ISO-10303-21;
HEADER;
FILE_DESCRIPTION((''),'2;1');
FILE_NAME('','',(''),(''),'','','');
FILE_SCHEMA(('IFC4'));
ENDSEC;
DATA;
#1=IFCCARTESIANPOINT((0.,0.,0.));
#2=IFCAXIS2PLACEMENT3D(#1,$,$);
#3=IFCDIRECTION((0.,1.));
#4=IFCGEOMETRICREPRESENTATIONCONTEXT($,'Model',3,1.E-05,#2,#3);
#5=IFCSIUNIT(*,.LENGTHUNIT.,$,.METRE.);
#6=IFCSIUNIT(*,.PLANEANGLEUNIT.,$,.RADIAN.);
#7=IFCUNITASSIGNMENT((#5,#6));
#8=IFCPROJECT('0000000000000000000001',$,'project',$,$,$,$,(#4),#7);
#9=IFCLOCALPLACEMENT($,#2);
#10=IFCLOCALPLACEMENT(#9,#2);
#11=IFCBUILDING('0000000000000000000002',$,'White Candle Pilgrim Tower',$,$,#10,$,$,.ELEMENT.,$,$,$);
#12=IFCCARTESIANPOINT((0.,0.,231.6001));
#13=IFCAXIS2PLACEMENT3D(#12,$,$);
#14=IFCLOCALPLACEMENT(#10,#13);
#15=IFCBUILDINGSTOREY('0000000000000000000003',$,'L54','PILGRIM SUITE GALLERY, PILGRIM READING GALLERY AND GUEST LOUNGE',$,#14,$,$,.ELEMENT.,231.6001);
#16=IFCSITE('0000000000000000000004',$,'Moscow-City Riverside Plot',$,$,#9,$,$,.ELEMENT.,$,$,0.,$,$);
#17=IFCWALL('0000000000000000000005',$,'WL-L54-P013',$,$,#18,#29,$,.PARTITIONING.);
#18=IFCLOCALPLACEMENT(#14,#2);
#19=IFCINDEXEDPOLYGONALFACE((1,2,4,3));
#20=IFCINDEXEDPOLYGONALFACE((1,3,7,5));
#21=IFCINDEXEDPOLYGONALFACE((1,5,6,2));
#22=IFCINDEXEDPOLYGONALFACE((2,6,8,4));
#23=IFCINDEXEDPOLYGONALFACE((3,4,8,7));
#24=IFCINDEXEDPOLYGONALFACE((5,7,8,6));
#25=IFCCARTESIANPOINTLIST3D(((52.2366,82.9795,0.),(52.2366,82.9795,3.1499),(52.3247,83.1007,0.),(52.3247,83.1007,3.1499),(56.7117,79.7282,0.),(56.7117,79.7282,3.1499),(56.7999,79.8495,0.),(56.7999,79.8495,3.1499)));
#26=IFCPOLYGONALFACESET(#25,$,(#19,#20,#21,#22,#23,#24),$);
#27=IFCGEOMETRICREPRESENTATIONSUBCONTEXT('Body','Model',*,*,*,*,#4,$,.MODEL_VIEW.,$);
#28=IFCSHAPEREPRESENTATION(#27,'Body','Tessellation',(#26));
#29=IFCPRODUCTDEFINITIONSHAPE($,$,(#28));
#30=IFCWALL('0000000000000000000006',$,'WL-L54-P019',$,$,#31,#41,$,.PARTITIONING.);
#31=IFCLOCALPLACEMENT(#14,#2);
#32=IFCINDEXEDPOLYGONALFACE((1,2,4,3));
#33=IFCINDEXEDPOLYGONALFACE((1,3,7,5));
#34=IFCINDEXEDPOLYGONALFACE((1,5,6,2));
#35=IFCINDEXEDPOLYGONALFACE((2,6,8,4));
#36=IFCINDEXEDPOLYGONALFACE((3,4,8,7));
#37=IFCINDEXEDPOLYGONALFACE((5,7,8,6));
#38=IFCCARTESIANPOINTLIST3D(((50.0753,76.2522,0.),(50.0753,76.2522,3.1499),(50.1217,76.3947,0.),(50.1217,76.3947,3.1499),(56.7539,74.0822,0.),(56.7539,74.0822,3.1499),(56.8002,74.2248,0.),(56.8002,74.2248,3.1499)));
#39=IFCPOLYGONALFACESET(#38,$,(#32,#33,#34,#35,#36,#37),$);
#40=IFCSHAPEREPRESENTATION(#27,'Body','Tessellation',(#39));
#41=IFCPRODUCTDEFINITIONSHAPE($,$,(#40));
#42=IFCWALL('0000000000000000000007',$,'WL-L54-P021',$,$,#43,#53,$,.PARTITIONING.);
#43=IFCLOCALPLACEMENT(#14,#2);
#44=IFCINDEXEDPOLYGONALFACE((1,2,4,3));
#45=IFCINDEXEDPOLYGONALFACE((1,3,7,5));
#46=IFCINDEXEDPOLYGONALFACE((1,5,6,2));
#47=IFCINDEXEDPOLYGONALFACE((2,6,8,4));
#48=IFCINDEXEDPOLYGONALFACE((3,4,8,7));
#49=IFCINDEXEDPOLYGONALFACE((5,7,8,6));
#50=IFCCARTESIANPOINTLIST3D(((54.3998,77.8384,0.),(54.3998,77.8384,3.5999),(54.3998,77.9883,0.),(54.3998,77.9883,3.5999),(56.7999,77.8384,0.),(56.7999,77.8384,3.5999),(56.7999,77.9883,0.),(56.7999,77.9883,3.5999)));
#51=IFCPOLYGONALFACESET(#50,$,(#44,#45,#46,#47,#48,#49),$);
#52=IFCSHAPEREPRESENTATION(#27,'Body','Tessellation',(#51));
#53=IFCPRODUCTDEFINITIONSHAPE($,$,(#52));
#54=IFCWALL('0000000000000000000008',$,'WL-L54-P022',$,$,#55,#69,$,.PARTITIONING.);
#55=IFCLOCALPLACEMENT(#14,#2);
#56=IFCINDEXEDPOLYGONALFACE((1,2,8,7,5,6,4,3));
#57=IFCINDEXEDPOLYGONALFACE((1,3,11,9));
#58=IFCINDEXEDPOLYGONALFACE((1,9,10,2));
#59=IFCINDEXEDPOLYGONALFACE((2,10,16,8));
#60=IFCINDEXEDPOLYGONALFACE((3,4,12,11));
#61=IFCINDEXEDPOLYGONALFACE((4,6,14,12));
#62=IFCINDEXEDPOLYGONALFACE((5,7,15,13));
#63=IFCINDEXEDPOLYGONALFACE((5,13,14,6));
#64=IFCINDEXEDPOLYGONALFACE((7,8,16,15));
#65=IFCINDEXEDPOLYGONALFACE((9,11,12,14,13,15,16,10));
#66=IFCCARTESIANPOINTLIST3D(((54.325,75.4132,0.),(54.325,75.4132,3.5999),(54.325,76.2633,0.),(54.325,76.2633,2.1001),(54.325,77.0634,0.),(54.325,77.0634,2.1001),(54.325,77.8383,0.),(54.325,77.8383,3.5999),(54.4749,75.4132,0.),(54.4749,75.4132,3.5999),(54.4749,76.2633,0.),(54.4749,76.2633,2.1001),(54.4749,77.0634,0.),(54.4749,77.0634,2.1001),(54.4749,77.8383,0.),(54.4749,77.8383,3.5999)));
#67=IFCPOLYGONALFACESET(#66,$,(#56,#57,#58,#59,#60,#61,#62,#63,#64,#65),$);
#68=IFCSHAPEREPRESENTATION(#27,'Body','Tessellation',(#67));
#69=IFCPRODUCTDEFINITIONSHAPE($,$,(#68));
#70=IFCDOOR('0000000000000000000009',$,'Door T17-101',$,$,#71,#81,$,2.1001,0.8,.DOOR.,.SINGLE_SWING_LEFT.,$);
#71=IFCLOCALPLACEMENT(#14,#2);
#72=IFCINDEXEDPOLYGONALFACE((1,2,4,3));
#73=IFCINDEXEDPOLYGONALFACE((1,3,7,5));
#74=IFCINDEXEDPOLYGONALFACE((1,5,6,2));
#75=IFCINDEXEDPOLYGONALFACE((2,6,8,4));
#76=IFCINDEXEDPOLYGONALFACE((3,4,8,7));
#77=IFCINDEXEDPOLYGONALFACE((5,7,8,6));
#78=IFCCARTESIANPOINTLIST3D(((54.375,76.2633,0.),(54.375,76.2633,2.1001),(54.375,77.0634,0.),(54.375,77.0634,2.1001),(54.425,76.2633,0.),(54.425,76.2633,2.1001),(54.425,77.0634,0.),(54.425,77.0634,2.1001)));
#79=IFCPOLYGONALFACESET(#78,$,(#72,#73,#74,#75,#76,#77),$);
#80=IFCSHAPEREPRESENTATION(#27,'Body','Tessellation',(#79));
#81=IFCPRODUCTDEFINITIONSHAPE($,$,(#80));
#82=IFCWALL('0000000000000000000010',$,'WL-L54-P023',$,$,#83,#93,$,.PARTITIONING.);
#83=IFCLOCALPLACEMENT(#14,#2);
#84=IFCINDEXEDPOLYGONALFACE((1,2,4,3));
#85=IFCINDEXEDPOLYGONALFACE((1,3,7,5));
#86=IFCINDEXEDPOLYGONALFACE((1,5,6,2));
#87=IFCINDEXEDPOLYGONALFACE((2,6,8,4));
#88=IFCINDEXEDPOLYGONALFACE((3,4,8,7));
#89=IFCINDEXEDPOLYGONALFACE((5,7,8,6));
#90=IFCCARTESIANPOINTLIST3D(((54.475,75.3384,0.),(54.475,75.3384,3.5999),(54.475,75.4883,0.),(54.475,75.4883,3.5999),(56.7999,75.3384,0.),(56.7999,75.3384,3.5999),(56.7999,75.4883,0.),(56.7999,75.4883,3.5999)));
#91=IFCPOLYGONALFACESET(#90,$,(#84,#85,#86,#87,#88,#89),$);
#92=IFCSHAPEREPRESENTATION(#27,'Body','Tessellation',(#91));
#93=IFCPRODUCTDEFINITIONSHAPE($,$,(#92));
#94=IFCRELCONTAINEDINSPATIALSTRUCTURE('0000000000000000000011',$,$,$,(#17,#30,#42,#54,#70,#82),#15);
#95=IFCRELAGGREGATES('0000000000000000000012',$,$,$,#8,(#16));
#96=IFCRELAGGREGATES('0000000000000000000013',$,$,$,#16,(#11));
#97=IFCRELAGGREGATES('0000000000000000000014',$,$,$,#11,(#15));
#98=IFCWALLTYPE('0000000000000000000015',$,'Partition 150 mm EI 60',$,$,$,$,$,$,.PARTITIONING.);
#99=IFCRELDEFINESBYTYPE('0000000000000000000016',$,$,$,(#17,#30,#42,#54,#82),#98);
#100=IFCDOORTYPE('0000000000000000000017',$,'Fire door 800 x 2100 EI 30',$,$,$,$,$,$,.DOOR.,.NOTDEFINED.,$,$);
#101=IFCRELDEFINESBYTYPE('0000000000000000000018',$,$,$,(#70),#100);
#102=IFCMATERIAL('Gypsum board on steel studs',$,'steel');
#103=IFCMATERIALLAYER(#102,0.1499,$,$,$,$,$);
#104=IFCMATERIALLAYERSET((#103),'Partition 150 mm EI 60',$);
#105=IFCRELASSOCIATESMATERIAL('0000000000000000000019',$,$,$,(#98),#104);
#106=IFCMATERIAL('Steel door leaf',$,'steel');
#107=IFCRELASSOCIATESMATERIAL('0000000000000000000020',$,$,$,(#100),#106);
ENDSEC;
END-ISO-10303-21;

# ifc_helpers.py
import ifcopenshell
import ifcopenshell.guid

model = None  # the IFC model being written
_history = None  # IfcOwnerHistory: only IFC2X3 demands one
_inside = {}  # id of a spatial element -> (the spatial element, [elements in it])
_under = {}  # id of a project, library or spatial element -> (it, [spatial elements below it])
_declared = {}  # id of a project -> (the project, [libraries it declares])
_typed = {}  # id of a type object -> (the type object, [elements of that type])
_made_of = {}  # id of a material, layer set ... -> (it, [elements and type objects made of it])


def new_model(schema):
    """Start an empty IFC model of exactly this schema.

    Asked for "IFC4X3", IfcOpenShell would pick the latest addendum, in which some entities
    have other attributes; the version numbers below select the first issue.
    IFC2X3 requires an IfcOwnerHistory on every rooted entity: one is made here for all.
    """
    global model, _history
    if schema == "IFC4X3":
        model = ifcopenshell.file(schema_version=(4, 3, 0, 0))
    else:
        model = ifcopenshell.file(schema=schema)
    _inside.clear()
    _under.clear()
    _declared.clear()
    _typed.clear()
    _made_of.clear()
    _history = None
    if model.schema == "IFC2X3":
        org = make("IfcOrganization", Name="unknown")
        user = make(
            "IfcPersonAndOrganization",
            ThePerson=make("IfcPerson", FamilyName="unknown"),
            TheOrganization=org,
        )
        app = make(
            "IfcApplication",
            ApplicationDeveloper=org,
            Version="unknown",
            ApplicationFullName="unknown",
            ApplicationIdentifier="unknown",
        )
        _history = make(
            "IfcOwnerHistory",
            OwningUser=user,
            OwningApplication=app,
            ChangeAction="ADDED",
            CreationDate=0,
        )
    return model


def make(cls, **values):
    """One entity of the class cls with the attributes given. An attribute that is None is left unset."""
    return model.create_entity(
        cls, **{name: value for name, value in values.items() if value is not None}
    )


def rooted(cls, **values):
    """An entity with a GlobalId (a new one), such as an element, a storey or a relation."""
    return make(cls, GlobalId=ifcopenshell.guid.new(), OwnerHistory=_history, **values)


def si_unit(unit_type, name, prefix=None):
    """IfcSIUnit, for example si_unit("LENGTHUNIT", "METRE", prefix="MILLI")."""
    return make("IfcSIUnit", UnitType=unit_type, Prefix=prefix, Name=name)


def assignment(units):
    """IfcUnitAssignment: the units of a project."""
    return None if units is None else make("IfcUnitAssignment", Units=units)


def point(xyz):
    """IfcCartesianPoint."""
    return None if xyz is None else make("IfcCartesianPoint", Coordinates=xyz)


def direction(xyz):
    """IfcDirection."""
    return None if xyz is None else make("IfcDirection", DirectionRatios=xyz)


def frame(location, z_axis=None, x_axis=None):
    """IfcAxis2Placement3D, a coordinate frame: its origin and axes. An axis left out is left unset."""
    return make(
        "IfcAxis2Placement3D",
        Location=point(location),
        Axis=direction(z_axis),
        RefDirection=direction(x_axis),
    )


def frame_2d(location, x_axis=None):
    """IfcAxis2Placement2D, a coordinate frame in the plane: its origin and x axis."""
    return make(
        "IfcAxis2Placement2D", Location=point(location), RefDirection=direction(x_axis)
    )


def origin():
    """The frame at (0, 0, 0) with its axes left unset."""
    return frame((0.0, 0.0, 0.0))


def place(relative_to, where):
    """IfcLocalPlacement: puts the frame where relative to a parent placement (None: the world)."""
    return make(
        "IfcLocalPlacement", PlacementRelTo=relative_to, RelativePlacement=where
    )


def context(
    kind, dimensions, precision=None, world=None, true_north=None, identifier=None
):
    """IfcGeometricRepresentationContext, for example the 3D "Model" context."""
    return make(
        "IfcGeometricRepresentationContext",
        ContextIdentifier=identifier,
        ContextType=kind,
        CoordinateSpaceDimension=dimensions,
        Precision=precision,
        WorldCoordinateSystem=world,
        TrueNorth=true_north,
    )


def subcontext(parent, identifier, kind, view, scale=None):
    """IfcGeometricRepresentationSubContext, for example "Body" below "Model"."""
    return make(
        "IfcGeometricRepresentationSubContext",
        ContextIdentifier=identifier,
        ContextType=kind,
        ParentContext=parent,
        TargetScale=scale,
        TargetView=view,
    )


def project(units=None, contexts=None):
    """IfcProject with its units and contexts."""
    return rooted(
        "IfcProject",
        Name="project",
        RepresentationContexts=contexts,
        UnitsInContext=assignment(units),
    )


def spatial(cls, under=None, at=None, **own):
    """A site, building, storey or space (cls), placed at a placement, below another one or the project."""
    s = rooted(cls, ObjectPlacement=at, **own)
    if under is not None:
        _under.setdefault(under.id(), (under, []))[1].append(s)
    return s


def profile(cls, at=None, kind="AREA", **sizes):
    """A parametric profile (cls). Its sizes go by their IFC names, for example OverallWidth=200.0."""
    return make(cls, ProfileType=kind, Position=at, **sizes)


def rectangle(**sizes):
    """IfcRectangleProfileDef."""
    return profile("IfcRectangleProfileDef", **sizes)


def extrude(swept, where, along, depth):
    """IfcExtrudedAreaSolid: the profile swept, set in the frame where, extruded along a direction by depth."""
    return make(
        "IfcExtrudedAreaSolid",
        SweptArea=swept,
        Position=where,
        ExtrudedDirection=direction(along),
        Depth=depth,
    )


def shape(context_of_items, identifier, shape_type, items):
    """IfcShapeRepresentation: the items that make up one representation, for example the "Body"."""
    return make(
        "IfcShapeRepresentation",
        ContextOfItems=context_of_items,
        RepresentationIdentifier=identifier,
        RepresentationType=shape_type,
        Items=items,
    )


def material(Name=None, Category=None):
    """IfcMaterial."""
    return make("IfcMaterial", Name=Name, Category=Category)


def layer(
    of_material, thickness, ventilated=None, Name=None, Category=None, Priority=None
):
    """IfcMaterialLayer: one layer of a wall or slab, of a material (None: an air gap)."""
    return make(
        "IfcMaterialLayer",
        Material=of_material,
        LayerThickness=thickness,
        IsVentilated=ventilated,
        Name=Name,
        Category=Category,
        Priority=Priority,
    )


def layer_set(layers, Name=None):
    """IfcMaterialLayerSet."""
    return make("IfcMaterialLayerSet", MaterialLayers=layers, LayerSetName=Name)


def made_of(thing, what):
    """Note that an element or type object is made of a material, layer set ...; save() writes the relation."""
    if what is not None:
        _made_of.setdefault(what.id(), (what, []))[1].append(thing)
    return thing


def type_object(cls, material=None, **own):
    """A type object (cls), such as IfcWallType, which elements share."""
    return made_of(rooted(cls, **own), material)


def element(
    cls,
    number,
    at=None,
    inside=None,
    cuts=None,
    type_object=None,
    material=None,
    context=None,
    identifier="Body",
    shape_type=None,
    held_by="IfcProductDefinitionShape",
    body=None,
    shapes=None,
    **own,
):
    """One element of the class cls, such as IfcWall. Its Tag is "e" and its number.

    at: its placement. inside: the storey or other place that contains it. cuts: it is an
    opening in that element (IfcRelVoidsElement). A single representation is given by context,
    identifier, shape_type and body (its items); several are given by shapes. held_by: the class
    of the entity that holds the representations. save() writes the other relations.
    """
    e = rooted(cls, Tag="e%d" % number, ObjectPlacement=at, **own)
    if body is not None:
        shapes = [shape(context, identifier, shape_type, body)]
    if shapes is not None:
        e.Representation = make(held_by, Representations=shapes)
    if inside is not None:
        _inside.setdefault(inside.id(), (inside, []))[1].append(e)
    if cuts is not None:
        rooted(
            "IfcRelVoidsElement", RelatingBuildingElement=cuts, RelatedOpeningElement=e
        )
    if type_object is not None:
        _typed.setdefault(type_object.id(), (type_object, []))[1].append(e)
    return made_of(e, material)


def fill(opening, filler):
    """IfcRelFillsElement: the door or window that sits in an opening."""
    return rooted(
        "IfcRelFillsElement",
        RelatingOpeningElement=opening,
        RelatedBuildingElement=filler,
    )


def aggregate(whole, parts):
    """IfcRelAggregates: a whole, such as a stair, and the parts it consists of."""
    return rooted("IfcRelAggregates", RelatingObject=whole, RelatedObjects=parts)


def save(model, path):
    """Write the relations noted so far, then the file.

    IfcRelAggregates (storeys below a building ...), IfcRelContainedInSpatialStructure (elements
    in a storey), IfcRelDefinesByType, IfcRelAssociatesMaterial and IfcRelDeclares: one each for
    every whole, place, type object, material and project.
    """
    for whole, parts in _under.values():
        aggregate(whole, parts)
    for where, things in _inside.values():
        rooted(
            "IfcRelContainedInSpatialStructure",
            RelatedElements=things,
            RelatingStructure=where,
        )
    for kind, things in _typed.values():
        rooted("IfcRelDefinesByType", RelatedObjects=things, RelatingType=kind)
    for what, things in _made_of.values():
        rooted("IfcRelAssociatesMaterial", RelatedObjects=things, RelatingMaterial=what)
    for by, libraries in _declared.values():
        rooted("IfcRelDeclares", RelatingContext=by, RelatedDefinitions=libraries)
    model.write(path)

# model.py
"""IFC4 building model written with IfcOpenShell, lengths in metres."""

from ifc_helpers import new_model, si_unit, direction, frame, frame_2d, origin, place, context, subcontext, project, spatial, rectangle, extrude, material, layer, layer_set, type_object, element, fill, save


model = new_model("IFC4")

# Units and contexts
model_context = context("Model", 3, precision=1e-05, world=origin(), true_north=direction((0.0, 1.0)))
body_context = subcontext(model_context, "Body", "Model", "MODEL_VIEW")
ifc_project = project(units=[si_unit("LENGTHUNIT", "METRE"), si_unit("PLANEANGLEUNIT", "RADIAN")], contexts=[model_context])

# Site, building, storey
site_placement = place(None, origin())
site = spatial("IfcSite", under=ifc_project, at=site_placement, Name="Moscow-City Riverside Plot", CompositionType="ELEMENT", RefElevation=0.0)
building_placement = place(site_placement, origin())
building = spatial("IfcBuilding", under=site, at=building_placement, Name="White Candle Pilgrim Tower", CompositionType="ELEMENT")
storey_placement = place(building_placement, frame((0.0, 0.0, 231.6001)))
storey = spatial("IfcBuildingStorey", under=building, at=storey_placement, Name="L54", Description="PILGRIM SUITE GALLERY, PILGRIM READING GALLERY AND GUEST LOUNGE", CompositionType="ELEMENT", Elevation=231.6001)

# Walls
ifc_material_1 = material(Name="Gypsum board on steel studs", Category="steel")
ifc_layer_1 = layer(ifc_material_1, 0.1499)
ifc_layer_set_1 = layer_set([ifc_layer_1], Name="Partition 150 mm EI 60")
wall_type_1 = type_object("IfcWallType", Name="Partition 150 mm EI 60", PredefinedType="PARTITIONING", material=ifc_layer_set_1)
wall_1_placement = place(storey_placement, frame((52.2808, 83.04, 0.0), z_axis=(0.0, 0.0, 1.0), x_axis=(0.809028, -0.58777, 0.0)))
element("IfcWall", 1, at=wall_1_placement, inside=storey, type_object=wall_type_1, Name="WL-L54-P013", PredefinedType="PARTITIONING", context=body_context, shape_type="SweptSolid", body=[
    extrude(rectangle(XDim=5.5315, YDim=0.1499, at=frame_2d((2.7656, 0.0))), origin(), (0.0, 0.0, 1.0), 3.1499),
])
wall_2_placement = place(storey_placement, frame((50.0984, 76.3235, 0.0), z_axis=(0.0, 0.0, 1.0), x_axis=(0.951058, -0.309011, 0.0)))
element("IfcWall", 2, at=wall_2_placement, inside=storey, type_object=wall_type_1, Name="WL-L54-P019", PredefinedType="PARTITIONING", context=body_context, shape_type="SweptSolid", body=[
    extrude(rectangle(XDim=7.0222, YDim=0.1499, at=frame_2d((3.5112, 0.0))), origin(), (0.0, 0.0, 1.0), 3.1499),
])
wall_3_placement = place(storey_placement, frame((56.8, 77.9133, 0.0), z_axis=(0.0, 0.0, 1.0), x_axis=(-1.0, 0.0, 0.0)))
element("IfcWall", 3, at=wall_3_placement, inside=storey, type_object=wall_type_1, Name="WL-L54-P021", PredefinedType="PARTITIONING", context=body_context, shape_type="SweptSolid", body=[
    extrude(rectangle(XDim=2.4001, YDim=0.1499, at=frame_2d((1.2002, 0.0))), origin(), (0.0, 0.0, 1.0), 3.5999),
])

# Wall, opening, door
wall_4_placement = place(storey_placement, frame((54.3999, 75.4133, 0.0), z_axis=(0.0, 0.0, 1.0), x_axis=(0.0, 1.0, 0.0)))
wall_4 = element("IfcWall", 4, at=wall_4_placement, inside=storey, type_object=wall_type_1, Name="WL-L54-P022", PredefinedType="PARTITIONING", context=body_context, shape_type="SweptSolid", body=[
    extrude(rectangle(XDim=2.425, YDim=0.1499, at=frame_2d((1.2124, 0.0))), origin(), (0.0, 0.0, 1.0), 3.5999),
])
opening_1_placement = place(wall_4_placement, frame((0.8501, 0.0, 0.0)))
opening_1 = element("IfcOpeningElement", 5, at=opening_1_placement, cuts=wall_4, PredefinedType="OPENING", context=body_context, shape_type="SweptSolid", body=[
    extrude(rectangle(XDim=0.8, YDim=2.1001, at=frame_2d((0.3999, 1.05))), frame((0.0, 0.085, 0.0), z_axis=(0.0, -1.0, 0.0), x_axis=(1.0, 0.0, 0.0)), (0.0, 0.0, 1.0), 0.1699),
])
ifc_material_2 = material(Name="Steel door leaf", Category="steel")
door_type = type_object("IfcDoorType", Name="Fire door 800 x 2100 EI 30", OperationType="NOTDEFINED", PredefinedType="DOOR", material=ifc_material_2)
door_placement = place(opening_1_placement, origin())
door = element("IfcDoor", 6, at=door_placement, inside=storey, type_object=door_type, Name="Door T17-101", OperationType="SINGLE_SWING_LEFT", OverallHeight=2.1001, OverallWidth=0.8, PredefinedType="DOOR", context=body_context, shape_type="SweptSolid", body=[
    extrude(rectangle(XDim=0.8, YDim=2.1001, at=frame_2d((0.3999, 1.05))), frame((0.0, 0.0249, 0.0), z_axis=(0.0, -1.0, 0.0), x_axis=(1.0, 0.0, 0.0)), (0.0, 0.0, 1.0), 0.05),
])
fill(opening_1, door)

# Wall
wall_5_placement = place(storey_placement, frame((56.8, 75.4133, 0.0), z_axis=(0.0, 0.0, 1.0), x_axis=(-1.0, 0.0, 0.0)))
element("IfcWall", 7, at=wall_5_placement, inside=storey, type_object=wall_type_1, Name="WL-L54-P023", PredefinedType="PARTITIONING", context=body_context, shape_type="SweptSolid", body=[
    extrude(rectangle(XDim=2.325, YDim=0.1499, at=frame_2d((1.1626, 0.0))), origin(), (0.0, 0.0, 1.0), 3.5999),
])

save(model, "model.ifc")
